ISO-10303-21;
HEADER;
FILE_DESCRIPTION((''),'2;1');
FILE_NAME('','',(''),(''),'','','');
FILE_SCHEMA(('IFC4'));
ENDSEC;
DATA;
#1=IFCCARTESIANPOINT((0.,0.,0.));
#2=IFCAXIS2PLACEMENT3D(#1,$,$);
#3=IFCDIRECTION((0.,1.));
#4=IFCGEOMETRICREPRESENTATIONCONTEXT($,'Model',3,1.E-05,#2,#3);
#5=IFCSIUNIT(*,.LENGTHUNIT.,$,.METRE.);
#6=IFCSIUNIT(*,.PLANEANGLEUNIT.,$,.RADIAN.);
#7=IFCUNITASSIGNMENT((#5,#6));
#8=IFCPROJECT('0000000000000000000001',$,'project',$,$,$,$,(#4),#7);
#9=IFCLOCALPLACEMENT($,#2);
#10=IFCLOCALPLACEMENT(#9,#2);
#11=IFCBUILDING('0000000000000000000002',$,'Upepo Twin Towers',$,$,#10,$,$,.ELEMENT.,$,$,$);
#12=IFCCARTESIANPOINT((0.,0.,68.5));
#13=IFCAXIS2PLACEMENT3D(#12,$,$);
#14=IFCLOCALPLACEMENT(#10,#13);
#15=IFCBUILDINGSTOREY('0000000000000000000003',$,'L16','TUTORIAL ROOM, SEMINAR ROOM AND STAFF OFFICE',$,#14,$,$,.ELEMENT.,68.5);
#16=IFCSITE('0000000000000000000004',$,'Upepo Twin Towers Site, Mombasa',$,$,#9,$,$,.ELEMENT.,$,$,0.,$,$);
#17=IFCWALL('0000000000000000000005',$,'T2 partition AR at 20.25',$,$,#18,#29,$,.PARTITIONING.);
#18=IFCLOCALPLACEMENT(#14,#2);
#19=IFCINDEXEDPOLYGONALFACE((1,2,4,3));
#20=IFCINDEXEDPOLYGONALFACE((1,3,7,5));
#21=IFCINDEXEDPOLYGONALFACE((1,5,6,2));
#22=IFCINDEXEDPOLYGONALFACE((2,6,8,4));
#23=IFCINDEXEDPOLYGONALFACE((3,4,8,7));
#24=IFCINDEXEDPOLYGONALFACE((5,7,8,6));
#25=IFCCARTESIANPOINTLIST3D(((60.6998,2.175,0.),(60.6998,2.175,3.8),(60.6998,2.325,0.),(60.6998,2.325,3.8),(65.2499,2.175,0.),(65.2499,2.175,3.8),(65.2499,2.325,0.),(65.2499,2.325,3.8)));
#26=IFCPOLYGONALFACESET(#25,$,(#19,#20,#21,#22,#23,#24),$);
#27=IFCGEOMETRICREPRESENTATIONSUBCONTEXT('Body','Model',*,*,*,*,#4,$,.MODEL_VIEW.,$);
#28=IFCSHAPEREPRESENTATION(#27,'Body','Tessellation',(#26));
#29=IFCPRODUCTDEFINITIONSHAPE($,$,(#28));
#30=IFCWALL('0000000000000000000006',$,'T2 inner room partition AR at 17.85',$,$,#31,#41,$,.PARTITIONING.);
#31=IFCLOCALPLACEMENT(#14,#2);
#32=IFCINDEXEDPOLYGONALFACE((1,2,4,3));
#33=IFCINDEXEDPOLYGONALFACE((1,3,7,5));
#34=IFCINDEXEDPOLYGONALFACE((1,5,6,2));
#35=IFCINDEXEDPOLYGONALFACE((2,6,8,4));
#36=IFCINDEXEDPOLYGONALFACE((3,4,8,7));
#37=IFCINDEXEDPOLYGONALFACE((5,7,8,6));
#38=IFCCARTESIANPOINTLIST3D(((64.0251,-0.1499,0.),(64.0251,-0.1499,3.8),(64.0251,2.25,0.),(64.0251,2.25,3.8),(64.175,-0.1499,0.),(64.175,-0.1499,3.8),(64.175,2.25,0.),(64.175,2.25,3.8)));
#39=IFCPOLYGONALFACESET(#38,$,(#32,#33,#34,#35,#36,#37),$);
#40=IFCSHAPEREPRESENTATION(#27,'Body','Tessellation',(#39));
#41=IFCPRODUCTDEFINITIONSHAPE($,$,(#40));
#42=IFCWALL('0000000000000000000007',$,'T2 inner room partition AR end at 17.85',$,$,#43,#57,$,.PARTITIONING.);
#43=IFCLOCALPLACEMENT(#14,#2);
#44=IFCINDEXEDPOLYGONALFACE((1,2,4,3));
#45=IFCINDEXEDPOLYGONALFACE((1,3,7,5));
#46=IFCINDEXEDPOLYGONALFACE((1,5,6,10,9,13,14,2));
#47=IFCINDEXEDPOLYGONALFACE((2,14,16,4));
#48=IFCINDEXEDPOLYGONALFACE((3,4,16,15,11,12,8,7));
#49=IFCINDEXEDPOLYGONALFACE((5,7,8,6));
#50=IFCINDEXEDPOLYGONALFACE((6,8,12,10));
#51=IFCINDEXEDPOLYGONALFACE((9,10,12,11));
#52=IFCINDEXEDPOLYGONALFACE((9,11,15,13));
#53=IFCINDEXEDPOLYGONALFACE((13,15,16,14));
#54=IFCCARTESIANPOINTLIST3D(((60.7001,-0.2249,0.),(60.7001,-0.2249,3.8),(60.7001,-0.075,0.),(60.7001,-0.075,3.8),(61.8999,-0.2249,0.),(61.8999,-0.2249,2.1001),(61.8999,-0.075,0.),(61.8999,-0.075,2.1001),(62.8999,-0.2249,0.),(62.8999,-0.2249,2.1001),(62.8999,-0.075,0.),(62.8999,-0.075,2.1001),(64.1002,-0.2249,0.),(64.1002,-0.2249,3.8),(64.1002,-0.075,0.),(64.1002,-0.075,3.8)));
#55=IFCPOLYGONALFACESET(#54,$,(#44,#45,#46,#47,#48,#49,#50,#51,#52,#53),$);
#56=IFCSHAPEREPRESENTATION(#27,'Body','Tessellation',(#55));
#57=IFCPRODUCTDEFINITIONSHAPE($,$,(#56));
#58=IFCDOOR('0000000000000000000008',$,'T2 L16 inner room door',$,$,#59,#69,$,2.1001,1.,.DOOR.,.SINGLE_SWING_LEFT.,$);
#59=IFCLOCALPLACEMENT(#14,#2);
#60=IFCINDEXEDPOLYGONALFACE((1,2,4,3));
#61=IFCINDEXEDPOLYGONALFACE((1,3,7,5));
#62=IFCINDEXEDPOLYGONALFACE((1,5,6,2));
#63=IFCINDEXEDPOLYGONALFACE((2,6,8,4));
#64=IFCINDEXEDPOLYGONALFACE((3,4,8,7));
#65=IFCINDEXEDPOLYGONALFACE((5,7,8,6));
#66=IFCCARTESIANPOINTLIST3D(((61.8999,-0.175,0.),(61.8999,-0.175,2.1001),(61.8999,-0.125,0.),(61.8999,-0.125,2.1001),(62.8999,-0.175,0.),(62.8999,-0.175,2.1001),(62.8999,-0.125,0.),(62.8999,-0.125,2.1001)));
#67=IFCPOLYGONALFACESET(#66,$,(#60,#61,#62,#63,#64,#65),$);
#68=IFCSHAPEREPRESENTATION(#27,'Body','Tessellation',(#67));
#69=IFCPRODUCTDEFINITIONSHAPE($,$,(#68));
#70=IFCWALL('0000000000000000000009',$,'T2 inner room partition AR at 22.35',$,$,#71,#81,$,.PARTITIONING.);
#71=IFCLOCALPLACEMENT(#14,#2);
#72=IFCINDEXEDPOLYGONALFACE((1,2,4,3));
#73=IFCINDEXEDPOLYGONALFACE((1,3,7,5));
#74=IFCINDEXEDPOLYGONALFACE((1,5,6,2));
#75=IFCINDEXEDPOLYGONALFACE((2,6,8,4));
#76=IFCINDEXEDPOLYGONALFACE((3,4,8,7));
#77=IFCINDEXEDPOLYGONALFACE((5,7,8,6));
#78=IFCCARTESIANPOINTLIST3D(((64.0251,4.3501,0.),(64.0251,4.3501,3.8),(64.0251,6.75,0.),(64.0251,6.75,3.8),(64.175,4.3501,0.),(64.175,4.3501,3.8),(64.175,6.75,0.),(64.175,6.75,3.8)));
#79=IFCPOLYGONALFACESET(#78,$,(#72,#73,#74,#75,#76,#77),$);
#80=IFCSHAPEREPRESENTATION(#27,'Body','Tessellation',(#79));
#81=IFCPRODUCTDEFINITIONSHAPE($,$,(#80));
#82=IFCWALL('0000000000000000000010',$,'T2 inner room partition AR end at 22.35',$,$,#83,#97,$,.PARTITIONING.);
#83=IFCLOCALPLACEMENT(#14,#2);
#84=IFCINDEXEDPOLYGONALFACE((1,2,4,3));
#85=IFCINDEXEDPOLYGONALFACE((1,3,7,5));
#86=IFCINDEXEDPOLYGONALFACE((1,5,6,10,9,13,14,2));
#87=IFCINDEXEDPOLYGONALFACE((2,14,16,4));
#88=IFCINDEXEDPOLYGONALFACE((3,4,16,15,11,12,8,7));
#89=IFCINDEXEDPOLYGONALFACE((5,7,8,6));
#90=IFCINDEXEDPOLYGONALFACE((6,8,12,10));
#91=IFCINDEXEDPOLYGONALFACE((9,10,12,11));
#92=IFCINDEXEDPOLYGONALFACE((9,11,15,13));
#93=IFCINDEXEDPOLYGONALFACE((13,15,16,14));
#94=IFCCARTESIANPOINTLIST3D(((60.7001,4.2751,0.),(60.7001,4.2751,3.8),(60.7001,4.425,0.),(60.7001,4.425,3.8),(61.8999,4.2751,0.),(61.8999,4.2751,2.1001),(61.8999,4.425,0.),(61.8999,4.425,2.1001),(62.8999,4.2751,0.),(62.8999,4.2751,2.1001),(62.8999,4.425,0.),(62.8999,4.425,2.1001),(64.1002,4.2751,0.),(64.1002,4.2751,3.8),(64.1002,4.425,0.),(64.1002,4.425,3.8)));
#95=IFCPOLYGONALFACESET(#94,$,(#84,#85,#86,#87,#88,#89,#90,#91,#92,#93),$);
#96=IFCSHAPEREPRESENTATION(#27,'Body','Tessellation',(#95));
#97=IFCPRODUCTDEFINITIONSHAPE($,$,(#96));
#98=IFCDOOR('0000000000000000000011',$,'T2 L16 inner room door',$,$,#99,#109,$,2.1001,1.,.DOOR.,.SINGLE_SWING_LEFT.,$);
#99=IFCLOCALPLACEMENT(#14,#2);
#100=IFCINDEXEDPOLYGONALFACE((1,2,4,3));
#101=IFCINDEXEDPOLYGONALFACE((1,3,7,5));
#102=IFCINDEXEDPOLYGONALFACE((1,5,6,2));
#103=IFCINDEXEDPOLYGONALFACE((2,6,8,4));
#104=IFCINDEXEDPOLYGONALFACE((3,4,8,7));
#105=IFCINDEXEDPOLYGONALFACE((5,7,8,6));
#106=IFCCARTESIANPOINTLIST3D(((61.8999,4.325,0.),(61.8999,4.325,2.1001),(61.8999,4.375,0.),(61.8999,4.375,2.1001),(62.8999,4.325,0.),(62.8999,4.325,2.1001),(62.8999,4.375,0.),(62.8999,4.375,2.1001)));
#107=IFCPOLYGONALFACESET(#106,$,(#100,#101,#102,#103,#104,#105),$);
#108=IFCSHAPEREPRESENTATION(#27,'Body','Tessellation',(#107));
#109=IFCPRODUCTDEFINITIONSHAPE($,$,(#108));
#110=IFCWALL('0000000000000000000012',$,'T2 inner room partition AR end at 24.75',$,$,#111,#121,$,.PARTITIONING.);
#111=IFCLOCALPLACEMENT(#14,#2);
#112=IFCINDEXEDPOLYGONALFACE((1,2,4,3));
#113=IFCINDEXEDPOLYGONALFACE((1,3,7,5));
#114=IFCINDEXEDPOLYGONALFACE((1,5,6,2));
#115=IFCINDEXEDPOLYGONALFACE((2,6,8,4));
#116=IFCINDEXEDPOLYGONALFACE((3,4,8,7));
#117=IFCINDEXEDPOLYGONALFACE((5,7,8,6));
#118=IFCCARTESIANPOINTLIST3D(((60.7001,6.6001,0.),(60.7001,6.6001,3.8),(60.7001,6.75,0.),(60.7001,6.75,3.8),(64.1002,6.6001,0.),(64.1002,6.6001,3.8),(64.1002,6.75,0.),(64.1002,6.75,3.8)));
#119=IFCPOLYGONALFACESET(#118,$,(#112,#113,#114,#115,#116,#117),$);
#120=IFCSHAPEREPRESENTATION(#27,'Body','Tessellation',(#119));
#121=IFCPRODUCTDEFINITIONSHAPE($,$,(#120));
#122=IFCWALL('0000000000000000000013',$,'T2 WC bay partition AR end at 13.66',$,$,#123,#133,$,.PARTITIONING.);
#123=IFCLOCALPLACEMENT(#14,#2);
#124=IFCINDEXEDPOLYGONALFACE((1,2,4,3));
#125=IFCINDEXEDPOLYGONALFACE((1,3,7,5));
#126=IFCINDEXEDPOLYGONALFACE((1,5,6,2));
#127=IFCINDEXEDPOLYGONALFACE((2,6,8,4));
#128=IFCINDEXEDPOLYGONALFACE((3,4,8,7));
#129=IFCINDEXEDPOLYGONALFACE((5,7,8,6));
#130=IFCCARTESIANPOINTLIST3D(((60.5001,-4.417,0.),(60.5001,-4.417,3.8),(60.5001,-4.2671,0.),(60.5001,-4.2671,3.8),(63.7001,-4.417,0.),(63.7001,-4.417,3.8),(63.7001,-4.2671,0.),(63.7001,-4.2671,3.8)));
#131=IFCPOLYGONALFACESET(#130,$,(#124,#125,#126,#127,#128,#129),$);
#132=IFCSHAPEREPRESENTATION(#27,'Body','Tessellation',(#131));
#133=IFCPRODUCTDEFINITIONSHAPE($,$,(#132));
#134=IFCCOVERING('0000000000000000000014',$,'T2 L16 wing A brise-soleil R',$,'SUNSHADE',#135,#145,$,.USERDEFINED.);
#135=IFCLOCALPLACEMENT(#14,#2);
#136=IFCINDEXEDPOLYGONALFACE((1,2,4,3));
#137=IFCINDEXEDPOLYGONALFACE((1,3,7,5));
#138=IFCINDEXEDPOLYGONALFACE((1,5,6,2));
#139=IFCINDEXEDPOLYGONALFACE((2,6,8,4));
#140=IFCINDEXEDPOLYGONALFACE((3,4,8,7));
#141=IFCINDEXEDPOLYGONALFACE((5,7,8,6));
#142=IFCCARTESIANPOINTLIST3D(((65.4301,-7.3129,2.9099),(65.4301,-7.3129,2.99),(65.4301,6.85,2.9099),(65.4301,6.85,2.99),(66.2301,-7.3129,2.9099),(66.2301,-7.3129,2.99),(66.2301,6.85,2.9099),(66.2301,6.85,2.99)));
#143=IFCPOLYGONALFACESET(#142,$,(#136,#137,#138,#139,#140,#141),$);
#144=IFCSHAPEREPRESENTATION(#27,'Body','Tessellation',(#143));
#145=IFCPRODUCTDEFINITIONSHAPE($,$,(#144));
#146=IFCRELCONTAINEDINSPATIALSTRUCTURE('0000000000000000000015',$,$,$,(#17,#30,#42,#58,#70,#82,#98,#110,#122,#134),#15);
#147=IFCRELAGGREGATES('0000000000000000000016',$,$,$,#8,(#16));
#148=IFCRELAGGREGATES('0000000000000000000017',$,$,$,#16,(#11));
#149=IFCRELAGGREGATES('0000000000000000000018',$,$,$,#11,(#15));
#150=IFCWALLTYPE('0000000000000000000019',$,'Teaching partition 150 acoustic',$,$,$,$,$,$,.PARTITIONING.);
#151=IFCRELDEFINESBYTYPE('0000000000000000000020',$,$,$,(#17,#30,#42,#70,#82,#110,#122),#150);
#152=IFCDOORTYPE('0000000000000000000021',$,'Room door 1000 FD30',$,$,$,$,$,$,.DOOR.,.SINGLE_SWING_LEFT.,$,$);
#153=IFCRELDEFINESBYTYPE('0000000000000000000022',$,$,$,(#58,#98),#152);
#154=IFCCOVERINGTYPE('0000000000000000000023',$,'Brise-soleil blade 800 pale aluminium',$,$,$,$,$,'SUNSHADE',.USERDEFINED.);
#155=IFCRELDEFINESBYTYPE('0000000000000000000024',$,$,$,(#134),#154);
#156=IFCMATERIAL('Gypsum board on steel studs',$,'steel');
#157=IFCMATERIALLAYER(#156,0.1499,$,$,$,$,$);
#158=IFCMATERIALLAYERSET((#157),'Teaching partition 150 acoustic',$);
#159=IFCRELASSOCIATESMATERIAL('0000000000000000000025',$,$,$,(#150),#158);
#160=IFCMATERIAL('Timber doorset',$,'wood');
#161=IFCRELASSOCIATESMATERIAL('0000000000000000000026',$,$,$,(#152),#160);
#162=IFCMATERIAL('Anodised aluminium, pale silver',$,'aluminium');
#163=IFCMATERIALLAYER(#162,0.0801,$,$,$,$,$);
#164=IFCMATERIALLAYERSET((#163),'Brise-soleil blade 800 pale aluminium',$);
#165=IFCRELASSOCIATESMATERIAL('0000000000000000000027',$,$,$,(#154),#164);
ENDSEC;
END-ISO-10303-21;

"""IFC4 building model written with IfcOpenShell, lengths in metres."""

from ifc_helpers import new_model, si_unit, direction, frame, frame_2d, origin, origin_2d, place, context, subcontext, project, spatial, rectangle, extrude, material, layer, layer_set, type_object, element, fill, save


model = new_model("IFC4")

# Units and contexts
model_context = context("Model", 3, precision=1e-05, world=origin(), true_north=direction((0.0, 1.0)))
body_context = subcontext(model_context, "Body", "Model", "MODEL_VIEW")
ifc_project = project(units=[si_unit("LENGTHUNIT", "METRE"), si_unit("PLANEANGLEUNIT", "RADIAN")], contexts=[model_context])

# Site, building, storey
site_placement = place(None, origin())
site = spatial("IfcSite", under=ifc_project, at=site_placement, Name="Upepo Twin Towers Site, Mombasa", CompositionType="ELEMENT", RefElevation=0.0)
building_placement = place(site_placement, origin())
building = spatial("IfcBuilding", under=site, at=building_placement, Name="Upepo Twin Towers", CompositionType="ELEMENT")
storey_placement = place(building_placement, frame((0.0, 0.0, 68.5)))
storey = spatial("IfcBuildingStorey", under=building, at=storey_placement, Name="L16", Description="TUTORIAL ROOM, SEMINAR ROOM AND STAFF OFFICE", CompositionType="ELEMENT", Elevation=68.5)

# Walls
ifc_material_1 = material(Name="Gypsum board on steel studs", Category="steel")
ifc_layer_1 = layer(ifc_material_1, 0.1499)
ifc_layer_set_1 = layer_set([ifc_layer_1], Name="Teaching partition 150 acoustic")
wall_type_1 = type_object("IfcWallType", Name="Teaching partition 150 acoustic", PredefinedType="PARTITIONING", material=ifc_layer_set_1)
for number, where, z_axis, x_axis, name in (
    (1, (60.7, 2.25, 0.0), (0.0, 0.0, 1.0), (1.0, 0.0, 0.0), "T2 partition AR at 20.25"),
):
    element("IfcWall", number, at=place(storey_placement, frame(where, z_axis=z_axis, x_axis=x_axis)), inside=storey, type_object=wall_type_1, Name=name, PredefinedType="PARTITIONING", context=body_context, shape_type="SweptSolid", body=[
        extrude(rectangle(XDim=4.55, YDim=0.1499, at=frame_2d((2.2749, 0.0))), origin(), (0.0, 0.0, 1.0), 3.8),
    ])
wall_1_placement = place(storey_placement, frame((64.1001, -0.1499, 0.0), z_axis=(0.0, 0.0, 1.0), x_axis=(0.0, 1.0, 0.0)))
element("IfcWall", 2, at=wall_1_placement, inside=storey, type_object=wall_type_1, Name="T2 inner room partition AR at 17.85", PredefinedType="PARTITIONING", context=body_context, shape_type="SweptSolid", body=[
    extrude(rectangle(XDim=2.3999, YDim=0.1499, at=frame_2d((1.2, 0.0))), origin(), (0.0, 0.0, 1.0), 3.8),
])

# Wall, opening, door
wall_2_placement = place(storey_placement, frame((60.7, -0.1499, 0.0), z_axis=(0.0, 0.0, 1.0), x_axis=(1.0, 0.0, 0.0)))
wall_2 = element("IfcWall", 3, at=wall_2_placement, inside=storey, type_object=wall_type_1, Name="T2 inner room partition AR end at 17.85", PredefinedType="PARTITIONING", context=body_context, shape_type="SweptSolid", body=[
    extrude(rectangle(XDim=3.4001, YDim=0.1499, at=frame_2d((1.7002, 0.0))), origin(), (0.0, 0.0, 1.0), 3.8),
])
opening_1_placement = place(wall_2_placement, frame((1.2, 0.0, 0.0)))
opening_1 = element("IfcOpeningElement", 4, at=opening_1_placement, cuts=wall_2, PredefinedType="OPENING", context=body_context, shape_type="SweptSolid", body=[
    extrude(rectangle(XDim=1.0, YDim=2.1001, at=frame_2d((0.5, 1.05))), frame((0.0, 0.085, 0.0), z_axis=(0.0, -1.0, 0.0), x_axis=(1.0, 0.0, 0.0)), (0.0, 0.0, 1.0), 0.1699),
])
ifc_material_2 = material(Name="Timber doorset", Category="wood")
door_type = type_object("IfcDoorType", Name="Room door 1000 FD30", OperationType="SINGLE_SWING_LEFT", PredefinedType="DOOR", material=ifc_material_2)
door_1_placement = place(opening_1_placement, origin())
door_1 = element("IfcDoor", 5, at=door_1_placement, inside=storey, type_object=door_type, Name="T2 L16 inner room door", OperationType="SINGLE_SWING_LEFT", OverallHeight=2.1001, OverallWidth=1.0, PredefinedType="DOOR", context=body_context, shape_type="SweptSolid", body=[
    extrude(rectangle(XDim=1.0, YDim=2.1001, at=frame_2d((0.5, 1.05))), frame((0.0, 0.0249, 0.0), z_axis=(0.0, -1.0, 0.0), x_axis=(1.0, 0.0, 0.0)), (0.0, 0.0, 1.0), 0.05),
])
fill(opening_1, door_1)

# Wall
wall_3_placement = place(storey_placement, frame((64.1001, 4.3501, 0.0), z_axis=(0.0, 0.0, 1.0), x_axis=(0.0, 1.0, 0.0)))
element("IfcWall", 6, at=wall_3_placement, inside=storey, type_object=wall_type_1, Name="T2 inner room partition AR at 22.35", PredefinedType="PARTITIONING", context=body_context, shape_type="SweptSolid", body=[
    extrude(rectangle(XDim=2.3999, YDim=0.1499, at=frame_2d((1.2, 0.0))), origin(), (0.0, 0.0, 1.0), 3.8),
])

# Wall, opening, door
wall_4_placement = place(storey_placement, frame((60.7, 4.3501, 0.0), z_axis=(0.0, 0.0, 1.0), x_axis=(1.0, 0.0, 0.0)))
wall_4 = element("IfcWall", 7, at=wall_4_placement, inside=storey, type_object=wall_type_1, Name="T2 inner room partition AR end at 22.35", PredefinedType="PARTITIONING", context=body_context, shape_type="SweptSolid", body=[
    extrude(rectangle(XDim=3.4001, YDim=0.1499, at=frame_2d((1.7002, 0.0))), origin(), (0.0, 0.0, 1.0), 3.8),
])
opening_2_placement = place(wall_4_placement, frame((1.2, 0.0, 0.0)))
opening_2 = element("IfcOpeningElement", 8, at=opening_2_placement, cuts=wall_4, PredefinedType="OPENING", context=body_context, shape_type="SweptSolid", body=[
    extrude(rectangle(XDim=1.0, YDim=2.1001, at=frame_2d((0.5, 1.05))), frame((0.0, 0.085, 0.0), z_axis=(0.0, -1.0, 0.0), x_axis=(1.0, 0.0, 0.0)), (0.0, 0.0, 1.0), 0.1699),
])
door_2_placement = place(opening_2_placement, origin())
door_2 = element("IfcDoor", 9, at=door_2_placement, inside=storey, type_object=door_type, Name="T2 L16 inner room door", OperationType="SINGLE_SWING_LEFT", OverallHeight=2.1001, OverallWidth=1.0, PredefinedType="DOOR", context=body_context, shape_type="SweptSolid", body=[
    extrude(rectangle(XDim=1.0, YDim=2.1001, at=frame_2d((0.5, 1.05))), frame((0.0, 0.0249, 0.0), z_axis=(0.0, -1.0, 0.0), x_axis=(1.0, 0.0, 0.0)), (0.0, 0.0, 1.0), 0.05),
])
fill(opening_2, door_2)

# Walls
wall_5_placement = place(storey_placement, frame((60.7, 6.675, 0.0), z_axis=(0.0, 0.0, 1.0), x_axis=(1.0, 0.0, 0.0)))
element("IfcWall", 10, at=wall_5_placement, inside=storey, type_object=wall_type_1, Name="T2 inner room partition AR end at 24.75", PredefinedType="PARTITIONING", context=body_context, shape_type="SweptSolid", body=[
    extrude(rectangle(XDim=3.4001, YDim=0.1499, at=frame_2d((1.7002, 0.0))), origin(), (0.0, 0.0, 1.0), 3.8),
])
wall_6_placement = place(storey_placement, frame((60.5, -4.342, 0.0), z_axis=(0.0, 0.0, 1.0), x_axis=(1.0, 0.0, 0.0)))
element("IfcWall", 11, at=wall_6_placement, inside=storey, type_object=wall_type_1, Name="T2 WC bay partition AR end at 13.66", PredefinedType="PARTITIONING", context=body_context, shape_type="SweptSolid", body=[
    extrude(rectangle(XDim=3.2, YDim=0.1499, at=frame_2d((1.6001, 0.0))), origin(), (0.0, 0.0, 1.0), 3.8),
])

# Covering
ifc_material_3 = material(Name="Anodised aluminium, pale silver", Category="aluminium")
ifc_layer_2 = layer(ifc_material_3, 0.0801)
ifc_layer_set_2 = layer_set([ifc_layer_2], Name="Brise-soleil blade 800 pale aluminium")
covering_type = type_object("IfcCoveringType", Name="Brise-soleil blade 800 pale aluminium", ElementType="SUNSHADE", PredefinedType="USERDEFINED", material=ifc_layer_set_2)
covering_placement = place(storey_placement, frame((65.8301, -0.2314, 2.9099), z_axis=(0.0, 0.0, 1.0), x_axis=(0.0, 1.0, 0.0)))
element("IfcCovering", 12, at=covering_placement, inside=storey, type_object=covering_type, Name="T2 L16 wing A brise-soleil R", ObjectType="SUNSHADE", PredefinedType="USERDEFINED", context=body_context, shape_type="SweptSolid", body=[
    extrude(rectangle(XDim=14.1628, YDim=0.8, at=origin_2d()), origin(), (0.0, 0.0, 1.0), 0.0801),
])

save(model, "model.ifc")
